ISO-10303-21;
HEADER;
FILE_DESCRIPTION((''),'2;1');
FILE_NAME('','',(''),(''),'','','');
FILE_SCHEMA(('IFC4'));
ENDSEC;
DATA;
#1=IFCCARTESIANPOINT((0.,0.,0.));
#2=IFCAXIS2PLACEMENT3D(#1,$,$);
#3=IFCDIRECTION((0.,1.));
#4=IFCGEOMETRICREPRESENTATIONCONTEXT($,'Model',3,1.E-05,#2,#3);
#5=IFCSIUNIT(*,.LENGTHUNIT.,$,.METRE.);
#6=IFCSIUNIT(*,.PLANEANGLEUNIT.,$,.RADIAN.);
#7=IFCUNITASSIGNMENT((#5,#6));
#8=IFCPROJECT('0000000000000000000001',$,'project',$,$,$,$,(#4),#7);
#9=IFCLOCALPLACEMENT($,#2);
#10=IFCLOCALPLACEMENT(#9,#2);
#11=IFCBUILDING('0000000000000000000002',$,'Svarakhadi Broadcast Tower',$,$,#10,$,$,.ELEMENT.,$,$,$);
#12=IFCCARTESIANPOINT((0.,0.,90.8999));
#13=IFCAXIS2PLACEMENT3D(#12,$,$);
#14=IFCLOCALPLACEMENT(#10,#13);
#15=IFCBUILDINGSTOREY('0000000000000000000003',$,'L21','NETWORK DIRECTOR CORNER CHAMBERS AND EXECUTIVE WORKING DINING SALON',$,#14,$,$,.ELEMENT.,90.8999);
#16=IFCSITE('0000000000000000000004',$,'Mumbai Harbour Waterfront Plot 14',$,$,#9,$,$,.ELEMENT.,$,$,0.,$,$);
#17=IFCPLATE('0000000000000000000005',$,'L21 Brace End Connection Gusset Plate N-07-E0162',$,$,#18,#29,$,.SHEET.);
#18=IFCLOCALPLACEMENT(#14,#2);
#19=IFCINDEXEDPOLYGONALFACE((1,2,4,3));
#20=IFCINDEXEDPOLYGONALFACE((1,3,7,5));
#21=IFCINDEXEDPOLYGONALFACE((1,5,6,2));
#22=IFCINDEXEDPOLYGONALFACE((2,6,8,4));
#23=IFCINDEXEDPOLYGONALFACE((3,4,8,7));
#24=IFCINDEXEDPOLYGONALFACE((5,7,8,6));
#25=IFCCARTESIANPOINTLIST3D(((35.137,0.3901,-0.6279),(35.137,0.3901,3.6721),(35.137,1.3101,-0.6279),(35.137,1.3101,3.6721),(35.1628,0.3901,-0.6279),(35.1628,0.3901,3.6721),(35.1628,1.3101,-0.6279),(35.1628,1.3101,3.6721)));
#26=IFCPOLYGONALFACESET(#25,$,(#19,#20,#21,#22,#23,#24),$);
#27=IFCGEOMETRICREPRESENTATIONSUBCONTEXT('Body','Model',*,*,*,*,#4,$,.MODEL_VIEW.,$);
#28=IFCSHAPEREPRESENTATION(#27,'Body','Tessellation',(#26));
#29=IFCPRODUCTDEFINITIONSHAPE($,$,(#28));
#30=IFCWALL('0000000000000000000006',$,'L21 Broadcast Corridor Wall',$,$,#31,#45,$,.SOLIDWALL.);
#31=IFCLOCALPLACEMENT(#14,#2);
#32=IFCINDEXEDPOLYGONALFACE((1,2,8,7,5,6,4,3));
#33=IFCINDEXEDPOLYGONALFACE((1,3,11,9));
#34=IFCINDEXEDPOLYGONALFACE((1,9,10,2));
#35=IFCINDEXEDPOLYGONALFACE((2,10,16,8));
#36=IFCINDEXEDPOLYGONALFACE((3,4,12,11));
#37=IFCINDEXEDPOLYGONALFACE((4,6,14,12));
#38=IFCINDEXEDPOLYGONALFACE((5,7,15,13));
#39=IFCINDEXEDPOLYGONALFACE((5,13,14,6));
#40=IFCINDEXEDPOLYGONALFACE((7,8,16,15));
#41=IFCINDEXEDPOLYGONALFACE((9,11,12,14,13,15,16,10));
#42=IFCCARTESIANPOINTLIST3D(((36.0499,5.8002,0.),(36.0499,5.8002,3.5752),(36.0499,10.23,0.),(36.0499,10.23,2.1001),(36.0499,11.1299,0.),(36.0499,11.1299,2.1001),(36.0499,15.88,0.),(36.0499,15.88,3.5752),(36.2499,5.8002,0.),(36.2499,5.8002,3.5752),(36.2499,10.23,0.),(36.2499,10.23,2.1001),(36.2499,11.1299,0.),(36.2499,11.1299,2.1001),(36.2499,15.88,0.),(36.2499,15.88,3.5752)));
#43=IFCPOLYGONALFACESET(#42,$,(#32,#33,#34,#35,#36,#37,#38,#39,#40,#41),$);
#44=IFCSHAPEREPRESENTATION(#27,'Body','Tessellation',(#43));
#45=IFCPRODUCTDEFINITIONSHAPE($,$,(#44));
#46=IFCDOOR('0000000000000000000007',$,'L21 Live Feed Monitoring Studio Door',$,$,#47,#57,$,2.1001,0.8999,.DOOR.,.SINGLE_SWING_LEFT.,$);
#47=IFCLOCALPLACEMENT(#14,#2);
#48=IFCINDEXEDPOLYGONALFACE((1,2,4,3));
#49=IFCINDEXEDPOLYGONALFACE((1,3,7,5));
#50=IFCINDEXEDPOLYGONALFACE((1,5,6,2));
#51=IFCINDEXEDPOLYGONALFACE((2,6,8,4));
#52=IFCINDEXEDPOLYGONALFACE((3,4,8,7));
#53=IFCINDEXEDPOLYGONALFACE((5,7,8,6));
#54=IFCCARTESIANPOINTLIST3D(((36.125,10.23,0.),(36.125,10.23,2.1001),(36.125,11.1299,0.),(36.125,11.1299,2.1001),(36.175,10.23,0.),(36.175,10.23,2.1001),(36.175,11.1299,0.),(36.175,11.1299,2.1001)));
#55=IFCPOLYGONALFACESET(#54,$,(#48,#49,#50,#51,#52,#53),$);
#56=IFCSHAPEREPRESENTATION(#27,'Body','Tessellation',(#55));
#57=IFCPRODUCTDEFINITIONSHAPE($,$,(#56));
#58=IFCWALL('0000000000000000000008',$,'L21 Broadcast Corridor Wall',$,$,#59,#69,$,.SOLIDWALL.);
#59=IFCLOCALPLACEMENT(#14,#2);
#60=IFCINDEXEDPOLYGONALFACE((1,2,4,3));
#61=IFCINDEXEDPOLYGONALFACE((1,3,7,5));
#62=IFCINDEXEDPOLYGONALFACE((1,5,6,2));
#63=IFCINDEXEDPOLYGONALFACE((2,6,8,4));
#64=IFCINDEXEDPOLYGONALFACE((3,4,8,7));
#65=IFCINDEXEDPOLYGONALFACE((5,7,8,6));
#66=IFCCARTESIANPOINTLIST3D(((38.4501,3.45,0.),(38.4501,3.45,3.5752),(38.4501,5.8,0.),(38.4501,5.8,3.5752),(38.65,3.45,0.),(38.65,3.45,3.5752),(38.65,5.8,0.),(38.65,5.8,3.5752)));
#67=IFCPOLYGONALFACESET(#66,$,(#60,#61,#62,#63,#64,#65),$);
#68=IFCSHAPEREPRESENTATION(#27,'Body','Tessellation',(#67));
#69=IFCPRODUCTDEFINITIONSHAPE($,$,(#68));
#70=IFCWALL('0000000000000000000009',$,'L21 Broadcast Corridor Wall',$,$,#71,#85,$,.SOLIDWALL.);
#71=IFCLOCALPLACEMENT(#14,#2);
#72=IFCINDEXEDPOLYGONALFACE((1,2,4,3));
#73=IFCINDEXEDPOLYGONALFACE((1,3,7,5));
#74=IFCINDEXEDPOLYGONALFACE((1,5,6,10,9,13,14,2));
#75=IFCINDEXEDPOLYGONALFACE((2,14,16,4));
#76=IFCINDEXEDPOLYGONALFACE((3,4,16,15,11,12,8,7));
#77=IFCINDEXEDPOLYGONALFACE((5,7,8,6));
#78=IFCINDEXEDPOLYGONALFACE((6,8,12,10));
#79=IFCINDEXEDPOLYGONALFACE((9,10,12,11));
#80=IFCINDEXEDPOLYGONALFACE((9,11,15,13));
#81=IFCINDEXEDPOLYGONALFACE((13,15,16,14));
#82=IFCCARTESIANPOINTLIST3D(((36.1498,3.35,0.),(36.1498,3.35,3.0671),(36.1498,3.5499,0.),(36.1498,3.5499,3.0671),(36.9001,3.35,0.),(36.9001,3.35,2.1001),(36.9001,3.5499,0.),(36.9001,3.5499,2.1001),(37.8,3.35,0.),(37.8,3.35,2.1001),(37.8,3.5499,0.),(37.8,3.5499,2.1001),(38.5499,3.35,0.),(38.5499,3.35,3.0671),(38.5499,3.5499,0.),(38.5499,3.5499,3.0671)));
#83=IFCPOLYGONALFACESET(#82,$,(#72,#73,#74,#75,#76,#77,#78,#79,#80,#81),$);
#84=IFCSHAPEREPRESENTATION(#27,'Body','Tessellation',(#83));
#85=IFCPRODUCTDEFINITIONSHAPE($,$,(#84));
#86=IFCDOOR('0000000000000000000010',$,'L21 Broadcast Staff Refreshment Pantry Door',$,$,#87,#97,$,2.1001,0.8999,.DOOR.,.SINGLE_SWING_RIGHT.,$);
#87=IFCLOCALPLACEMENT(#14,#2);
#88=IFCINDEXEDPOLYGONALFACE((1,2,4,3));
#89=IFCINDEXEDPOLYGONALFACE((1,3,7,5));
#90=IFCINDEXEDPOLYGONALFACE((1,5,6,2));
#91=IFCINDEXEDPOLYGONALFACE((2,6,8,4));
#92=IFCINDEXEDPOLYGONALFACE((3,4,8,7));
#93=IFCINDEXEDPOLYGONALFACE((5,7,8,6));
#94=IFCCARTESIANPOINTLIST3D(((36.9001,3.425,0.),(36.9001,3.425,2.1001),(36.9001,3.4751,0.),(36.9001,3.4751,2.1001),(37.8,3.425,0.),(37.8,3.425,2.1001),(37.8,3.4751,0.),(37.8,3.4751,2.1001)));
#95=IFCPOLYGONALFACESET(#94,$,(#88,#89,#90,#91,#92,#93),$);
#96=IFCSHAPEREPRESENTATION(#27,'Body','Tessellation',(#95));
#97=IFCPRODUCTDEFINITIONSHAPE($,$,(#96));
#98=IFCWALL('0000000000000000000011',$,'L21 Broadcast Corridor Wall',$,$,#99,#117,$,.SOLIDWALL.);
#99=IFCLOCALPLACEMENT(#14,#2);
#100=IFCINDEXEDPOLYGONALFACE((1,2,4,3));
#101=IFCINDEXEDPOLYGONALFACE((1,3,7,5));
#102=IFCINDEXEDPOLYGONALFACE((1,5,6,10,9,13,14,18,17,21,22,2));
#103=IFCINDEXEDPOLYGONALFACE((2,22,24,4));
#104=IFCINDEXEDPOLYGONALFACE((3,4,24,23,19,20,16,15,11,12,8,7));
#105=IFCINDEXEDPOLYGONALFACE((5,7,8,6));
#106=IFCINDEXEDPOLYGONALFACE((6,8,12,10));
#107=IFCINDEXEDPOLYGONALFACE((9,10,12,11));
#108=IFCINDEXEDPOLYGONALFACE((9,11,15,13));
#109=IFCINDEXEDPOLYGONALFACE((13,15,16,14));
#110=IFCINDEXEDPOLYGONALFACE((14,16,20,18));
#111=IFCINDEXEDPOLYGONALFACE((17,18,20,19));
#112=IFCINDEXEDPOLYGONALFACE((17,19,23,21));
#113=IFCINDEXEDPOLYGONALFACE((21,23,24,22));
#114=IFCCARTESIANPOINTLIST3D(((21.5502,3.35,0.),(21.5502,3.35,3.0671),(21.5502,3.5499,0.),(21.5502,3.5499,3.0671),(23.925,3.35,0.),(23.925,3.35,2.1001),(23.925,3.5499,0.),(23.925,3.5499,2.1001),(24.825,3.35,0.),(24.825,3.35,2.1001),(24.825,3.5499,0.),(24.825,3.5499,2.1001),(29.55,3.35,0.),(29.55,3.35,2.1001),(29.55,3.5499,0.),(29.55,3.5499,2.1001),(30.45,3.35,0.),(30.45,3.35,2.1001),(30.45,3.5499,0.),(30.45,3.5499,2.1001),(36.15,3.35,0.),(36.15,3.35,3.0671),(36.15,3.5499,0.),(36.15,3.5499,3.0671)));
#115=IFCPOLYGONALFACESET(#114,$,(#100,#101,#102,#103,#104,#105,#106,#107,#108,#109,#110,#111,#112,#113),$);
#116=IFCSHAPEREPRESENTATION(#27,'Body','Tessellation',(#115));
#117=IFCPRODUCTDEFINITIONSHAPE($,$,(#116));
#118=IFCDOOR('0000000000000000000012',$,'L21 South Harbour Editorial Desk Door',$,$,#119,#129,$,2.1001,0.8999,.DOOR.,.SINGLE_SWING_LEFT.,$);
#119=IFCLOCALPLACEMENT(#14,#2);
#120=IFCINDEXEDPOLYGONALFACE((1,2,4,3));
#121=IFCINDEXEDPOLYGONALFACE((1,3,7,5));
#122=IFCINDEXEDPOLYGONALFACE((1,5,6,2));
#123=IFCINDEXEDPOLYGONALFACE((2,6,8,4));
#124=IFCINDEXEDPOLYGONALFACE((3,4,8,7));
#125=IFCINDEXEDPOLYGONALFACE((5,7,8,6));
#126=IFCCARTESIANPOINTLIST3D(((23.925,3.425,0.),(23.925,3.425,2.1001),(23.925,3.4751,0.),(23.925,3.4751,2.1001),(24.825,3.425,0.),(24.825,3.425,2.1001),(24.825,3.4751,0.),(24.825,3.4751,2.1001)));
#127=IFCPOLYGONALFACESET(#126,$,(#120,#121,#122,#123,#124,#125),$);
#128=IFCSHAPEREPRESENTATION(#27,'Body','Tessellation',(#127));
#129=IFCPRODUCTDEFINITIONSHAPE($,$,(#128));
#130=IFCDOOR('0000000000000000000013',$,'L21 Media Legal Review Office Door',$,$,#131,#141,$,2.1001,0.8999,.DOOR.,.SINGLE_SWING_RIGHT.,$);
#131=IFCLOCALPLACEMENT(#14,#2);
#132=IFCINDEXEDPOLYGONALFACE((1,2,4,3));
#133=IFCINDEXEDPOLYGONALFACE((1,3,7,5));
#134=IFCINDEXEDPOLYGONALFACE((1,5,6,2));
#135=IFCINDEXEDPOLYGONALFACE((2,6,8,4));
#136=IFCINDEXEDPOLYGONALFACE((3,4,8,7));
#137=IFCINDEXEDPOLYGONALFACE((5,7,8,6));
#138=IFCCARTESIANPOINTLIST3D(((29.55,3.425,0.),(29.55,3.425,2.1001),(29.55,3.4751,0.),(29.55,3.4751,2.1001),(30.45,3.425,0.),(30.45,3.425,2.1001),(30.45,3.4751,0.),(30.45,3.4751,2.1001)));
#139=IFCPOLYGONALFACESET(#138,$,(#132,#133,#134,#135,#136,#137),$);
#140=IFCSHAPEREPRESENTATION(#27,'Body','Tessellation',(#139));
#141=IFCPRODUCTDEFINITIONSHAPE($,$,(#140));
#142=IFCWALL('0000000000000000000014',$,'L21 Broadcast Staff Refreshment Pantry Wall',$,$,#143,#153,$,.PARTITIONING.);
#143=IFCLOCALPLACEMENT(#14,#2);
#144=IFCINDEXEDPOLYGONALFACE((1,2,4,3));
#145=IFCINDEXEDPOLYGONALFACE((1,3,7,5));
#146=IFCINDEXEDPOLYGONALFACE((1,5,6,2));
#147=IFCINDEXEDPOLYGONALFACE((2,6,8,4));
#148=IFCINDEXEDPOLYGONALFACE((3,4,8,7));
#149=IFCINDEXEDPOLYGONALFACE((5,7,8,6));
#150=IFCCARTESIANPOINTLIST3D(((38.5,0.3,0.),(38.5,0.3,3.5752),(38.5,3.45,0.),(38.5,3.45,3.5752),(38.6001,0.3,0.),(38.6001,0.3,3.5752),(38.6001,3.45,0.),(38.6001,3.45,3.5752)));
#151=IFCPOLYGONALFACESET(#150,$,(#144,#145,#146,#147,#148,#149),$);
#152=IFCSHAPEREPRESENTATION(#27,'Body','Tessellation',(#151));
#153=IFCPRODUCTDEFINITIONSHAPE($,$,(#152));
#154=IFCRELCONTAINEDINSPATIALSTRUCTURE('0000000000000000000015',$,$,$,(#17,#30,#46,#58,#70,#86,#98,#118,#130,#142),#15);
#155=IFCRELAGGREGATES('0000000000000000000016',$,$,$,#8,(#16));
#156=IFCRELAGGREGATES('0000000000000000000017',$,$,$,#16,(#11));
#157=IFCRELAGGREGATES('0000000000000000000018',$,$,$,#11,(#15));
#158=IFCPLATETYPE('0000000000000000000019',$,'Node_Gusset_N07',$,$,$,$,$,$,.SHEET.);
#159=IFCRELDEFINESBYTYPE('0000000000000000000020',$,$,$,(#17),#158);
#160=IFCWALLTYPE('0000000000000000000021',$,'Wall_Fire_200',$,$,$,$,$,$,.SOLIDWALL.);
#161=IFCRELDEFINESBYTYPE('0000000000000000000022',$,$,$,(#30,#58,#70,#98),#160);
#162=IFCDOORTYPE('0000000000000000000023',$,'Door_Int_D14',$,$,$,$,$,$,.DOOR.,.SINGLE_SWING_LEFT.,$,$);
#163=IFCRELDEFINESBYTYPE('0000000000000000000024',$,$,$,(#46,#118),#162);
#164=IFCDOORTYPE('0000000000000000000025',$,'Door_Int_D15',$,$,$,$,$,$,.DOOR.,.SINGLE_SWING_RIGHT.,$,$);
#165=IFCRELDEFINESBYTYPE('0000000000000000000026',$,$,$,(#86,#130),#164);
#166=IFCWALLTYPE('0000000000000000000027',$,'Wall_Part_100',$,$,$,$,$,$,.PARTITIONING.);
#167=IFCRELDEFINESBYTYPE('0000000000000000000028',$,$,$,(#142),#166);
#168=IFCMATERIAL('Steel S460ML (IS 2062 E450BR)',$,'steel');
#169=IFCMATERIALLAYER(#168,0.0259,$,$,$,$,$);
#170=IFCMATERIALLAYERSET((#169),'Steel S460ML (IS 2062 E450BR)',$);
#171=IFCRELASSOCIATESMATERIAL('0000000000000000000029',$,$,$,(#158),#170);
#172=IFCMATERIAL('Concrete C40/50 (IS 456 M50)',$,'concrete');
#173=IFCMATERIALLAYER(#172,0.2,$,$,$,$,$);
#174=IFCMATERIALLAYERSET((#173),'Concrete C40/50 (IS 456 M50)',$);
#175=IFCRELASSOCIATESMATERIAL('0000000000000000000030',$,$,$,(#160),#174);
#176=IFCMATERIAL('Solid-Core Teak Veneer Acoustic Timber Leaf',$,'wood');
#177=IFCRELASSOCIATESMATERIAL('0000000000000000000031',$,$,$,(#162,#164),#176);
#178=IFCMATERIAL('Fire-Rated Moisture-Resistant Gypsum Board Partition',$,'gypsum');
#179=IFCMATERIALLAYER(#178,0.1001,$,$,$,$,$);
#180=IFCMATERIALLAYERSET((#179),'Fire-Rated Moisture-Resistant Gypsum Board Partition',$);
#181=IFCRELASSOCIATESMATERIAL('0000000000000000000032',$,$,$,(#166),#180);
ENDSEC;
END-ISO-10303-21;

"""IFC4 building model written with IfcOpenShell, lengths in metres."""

from ifc_helpers import new_model, si_unit, direction, frame, frame_2d, origin, origin_2d, place, context, subcontext, project, spatial, rectangle, extrude, material, layer, layer_set, type_object, element, fill, save


model = new_model("IFC4")

# Units and contexts
model_context = context("Model", 3, precision=1e-05, world=origin(), true_north=direction((0.0, 1.0)))
body_context = subcontext(model_context, "Body", "Model", "MODEL_VIEW")
ifc_project = project(units=[si_unit("LENGTHUNIT", "METRE"), si_unit("PLANEANGLEUNIT", "RADIAN")], contexts=[model_context])

# Site, building, storey
site_placement = place(None, origin())
site = spatial("IfcSite", under=ifc_project, at=site_placement, Name="Mumbai Harbour Waterfront Plot 14", CompositionType="ELEMENT", RefElevation=0.0)
building_placement = place(site_placement, origin())
building = spatial("IfcBuilding", under=site, at=building_placement, Name="Svarakhadi Broadcast Tower", CompositionType="ELEMENT")
storey_placement = place(building_placement, frame((0.0, 0.0, 90.8999)))
storey = spatial("IfcBuildingStorey", under=building, at=storey_placement, Name="L21", Description="NETWORK DIRECTOR CORNER CHAMBERS AND EXECUTIVE WORKING DINING SALON", CompositionType="ELEMENT", Elevation=90.8999)

# Shared definitions
ifc_material_1 = material(Name="Steel S460ML (IS 2062 E450BR)", Category="steel")

# Plate
ifc_layer_1 = layer(ifc_material_1, 0.0259)
ifc_layer_set_1 = layer_set([ifc_layer_1], Name="Steel S460ML (IS 2062 E450BR)")
plate_type_1 = type_object("IfcPlateType", Name="Node_Gusset_N07", PredefinedType="SHEET", material=ifc_layer_set_1)
plate_1_placement = place(storey_placement, frame((35.1499, 0.8501, -0.6279), z_axis=(0.0, 0.0, 1.0), x_axis=(0.0, 1.0, 0.0)))
element("IfcPlate", 1, at=plate_1_placement, inside=storey, type_object=plate_type_1, Name="L21 Brace End Connection Gusset Plate N-07-E0162", PredefinedType="SHEET", context=body_context, shape_type="SweptSolid", body=[
    extrude(rectangle(XDim=0.9199, YDim=0.0259, at=origin_2d()), origin(), (0.0, 0.0, 1.0), 4.3),
])

# Wall, opening, door
ifc_material_2 = material(Name="Concrete C40/50 (IS 456 M50)", Category="concrete")
ifc_layer_2 = layer(ifc_material_2, 0.2)
ifc_layer_set_2 = layer_set([ifc_layer_2], Name="Concrete C40/50 (IS 456 M50)")
wall_type_1 = type_object("IfcWallType", Name="Wall_Fire_200", PredefinedType="SOLIDWALL", material=ifc_layer_set_2)
wall_1_placement = place(storey_placement, frame((36.1499, 5.8, 0.0), z_axis=(0.0, 0.0, 1.0), x_axis=(0.0, 1.0, 0.0)))
wall_1 = element("IfcWall", 2, at=wall_1_placement, inside=storey, type_object=wall_type_1, Name="L21 Broadcast Corridor Wall", PredefinedType="SOLIDWALL", context=body_context, shape_type="SweptSolid", body=[
    extrude(rectangle(XDim=10.0798, YDim=0.2, at=frame_2d((5.04, 0.0))), origin(), (0.0, 0.0, 1.0), 3.5752),
])
opening_1_placement = place(wall_1_placement, frame((4.4299, 0.0, 0.0)))
opening_1 = element("IfcOpeningElement", 3, at=opening_1_placement, cuts=wall_1, PredefinedType="OPENING", context=body_context, shape_type="SweptSolid", body=[
    extrude(rectangle(XDim=0.8999, YDim=2.1001, at=frame_2d((0.45, 1.05))), frame((0.0, 0.1099, 0.0), z_axis=(0.0, -1.0, 0.0), x_axis=(1.0, 0.0, 0.0)), (0.0, 0.0, 1.0), 0.22),
])
ifc_material_3 = material(Name="Solid-Core Teak Veneer Acoustic Timber Leaf", Category="wood")
door_type_1 = type_object("IfcDoorType", Name="Door_Int_D14", OperationType="SINGLE_SWING_LEFT", PredefinedType="DOOR", material=ifc_material_3)
door_1_placement = place(opening_1_placement, origin())
door_1 = element("IfcDoor", 4, at=door_1_placement, inside=storey, type_object=door_type_1, Name="L21 Live Feed Monitoring Studio Door", OperationType="SINGLE_SWING_LEFT", OverallHeight=2.1001, OverallWidth=0.8999, PredefinedType="DOOR", context=body_context, shape_type="SweptSolid", body=[
    extrude(rectangle(XDim=0.8999, YDim=2.1001, at=frame_2d((0.45, 1.05))), frame((0.0, 0.0249, 0.0), z_axis=(0.0, -1.0, 0.0), x_axis=(1.0, 0.0, 0.0)), (0.0, 0.0, 1.0), 0.05),
])
fill(opening_1, door_1)

# Wall
wall_2_placement = place(storey_placement, frame((38.55, 5.8, 0.0), z_axis=(0.0, 0.0, 1.0), x_axis=(0.0, -1.0, 0.0)))
element("IfcWall", 5, at=wall_2_placement, inside=storey, type_object=wall_type_1, Name="L21 Broadcast Corridor Wall", PredefinedType="SOLIDWALL", context=body_context, shape_type="SweptSolid", body=[
    extrude(rectangle(XDim=2.3501, YDim=0.2, at=frame_2d((1.175, 0.0))), origin(), (0.0, 0.0, 1.0), 3.5752),
])

# Wall, opening, door
wall_3_placement = place(storey_placement, frame((38.55, 3.45, 0.0), z_axis=(0.0, 0.0, 1.0), x_axis=(-1.0, 0.0, 0.0)))
wall_3 = element("IfcWall", 6, at=wall_3_placement, inside=storey, type_object=wall_type_1, Name="L21 Broadcast Corridor Wall", PredefinedType="SOLIDWALL", context=body_context, shape_type="SweptSolid", body=[
    extrude(rectangle(XDim=2.4001, YDim=0.2, at=frame_2d((1.2002, 0.0))), origin(), (0.0, 0.0, 1.0), 3.0671),
])
opening_2_placement = place(wall_3_placement, frame((0.75, 0.0, 0.0)))
opening_2 = element("IfcOpeningElement", 7, at=opening_2_placement, cuts=wall_3, PredefinedType="OPENING", context=body_context, shape_type="SweptSolid", body=[
    extrude(rectangle(XDim=0.8999, YDim=2.1001, at=frame_2d((0.45, 1.05))), frame((0.0, 0.1099, 0.0), z_axis=(0.0, -1.0, 0.0), x_axis=(1.0, 0.0, 0.0)), (0.0, 0.0, 1.0), 0.22),
])
door_type_2 = type_object("IfcDoorType", Name="Door_Int_D15", OperationType="SINGLE_SWING_RIGHT", PredefinedType="DOOR", material=ifc_material_3)
door_2_placement = place(opening_2_placement, origin())
door_2 = element("IfcDoor", 8, at=door_2_placement, inside=storey, type_object=door_type_2, Name="L21 Broadcast Staff Refreshment Pantry Door", OperationType="SINGLE_SWING_RIGHT", OverallHeight=2.1001, OverallWidth=0.8999, PredefinedType="DOOR", context=body_context, shape_type="SweptSolid", body=[
    extrude(rectangle(XDim=0.8999, YDim=2.1001, at=frame_2d((0.45, 1.05))), frame((0.0, 0.0249, 0.0), z_axis=(0.0, -1.0, 0.0), x_axis=(1.0, 0.0, 0.0)), (0.0, 0.0, 1.0), 0.05),
])
fill(opening_2, door_2)

# Wall, openings, doors
wall_4_placement = place(storey_placement, frame((36.1499, 3.45, 0.0), z_axis=(0.0, 0.0, 1.0), x_axis=(-1.0, 0.0, 0.0)))
wall_4 = element("IfcWall", 9, at=wall_4_placement, inside=storey, type_object=wall_type_1, Name="L21 Broadcast Corridor Wall", PredefinedType="SOLIDWALL", context=body_context, shape_type="SweptSolid", body=[
    extrude(rectangle(XDim=14.5999, YDim=0.2, at=frame_2d((7.2998, 0.0))), origin(), (0.0, 0.0, 1.0), 3.0671),
])
opening_3_placement = place(wall_4_placement, frame((11.325, 0.0, 0.0)))
opening_3 = element("IfcOpeningElement", 10, at=opening_3_placement, cuts=wall_4, PredefinedType="OPENING", context=body_context, shape_type="SweptSolid", body=[
    extrude(rectangle(XDim=0.8999, YDim=2.1001, at=frame_2d((0.45, 1.05))), frame((0.0, 0.1099, 0.0), z_axis=(0.0, -1.0, 0.0), x_axis=(1.0, 0.0, 0.0)), (0.0, 0.0, 1.0), 0.22),
])
opening_4_placement = place(wall_4_placement, frame((5.7, 0.0, 0.0)))
opening_4 = element("IfcOpeningElement", 11, at=opening_4_placement, cuts=wall_4, PredefinedType="OPENING", context=body_context, shape_type="SweptSolid", body=[
    extrude(rectangle(XDim=0.8999, YDim=2.1001, at=frame_2d((0.45, 1.05))), frame((0.0, 0.1099, 0.0), z_axis=(0.0, -1.0, 0.0), x_axis=(1.0, 0.0, 0.0)), (0.0, 0.0, 1.0), 0.22),
])
door_3_placement = place(opening_3_placement, origin())
door_3 = element("IfcDoor", 12, at=door_3_placement, inside=storey, type_object=door_type_1, Name="L21 South Harbour Editorial Desk Door", OperationType="SINGLE_SWING_LEFT", OverallHeight=2.1001, OverallWidth=0.8999, PredefinedType="DOOR", context=body_context, shape_type="SweptSolid", body=[
    extrude(rectangle(XDim=0.8999, YDim=2.1001, at=frame_2d((0.45, 1.05))), frame((0.0, 0.0249, 0.0), z_axis=(0.0, -1.0, 0.0), x_axis=(1.0, 0.0, 0.0)), (0.0, 0.0, 1.0), 0.05),
])
fill(opening_3, door_3)
door_4_placement = place(opening_4_placement, origin())
door_4 = element("IfcDoor", 13, at=door_4_placement, inside=storey, type_object=door_type_2, Name="L21 Media Legal Review Office Door", OperationType="SINGLE_SWING_RIGHT", OverallHeight=2.1001, OverallWidth=0.8999, PredefinedType="DOOR", context=body_context, shape_type="SweptSolid", body=[
    extrude(rectangle(XDim=0.8999, YDim=2.1001, at=frame_2d((0.45, 1.05))), frame((0.0, 0.0249, 0.0), z_axis=(0.0, -1.0, 0.0), x_axis=(1.0, 0.0, 0.0)), (0.0, 0.0, 1.0), 0.05),
])
fill(opening_4, door_4)

# Wall
ifc_material_4 = material(Name="Fire-Rated Moisture-Resistant Gypsum Board Partition", Category="gypsum")
ifc_layer_3 = layer(ifc_material_4, 0.1001)
ifc_layer_set_3 = layer_set([ifc_layer_3], Name="Fire-Rated Moisture-Resistant Gypsum Board Partition")
wall_type_2 = type_object("IfcWallType", Name="Wall_Part_100", PredefinedType="PARTITIONING", material=ifc_layer_set_3)
wall_5_placement = place(storey_placement, frame((38.55, 0.3, 0.0), z_axis=(0.0, 0.0, 1.0), x_axis=(0.0, 1.0, 0.0)))
element("IfcWall", 14, at=wall_5_placement, inside=storey, type_object=wall_type_2, Name="L21 Broadcast Staff Refreshment Pantry Wall", PredefinedType="PARTITIONING", context=body_context, shape_type="SweptSolid", body=[
    extrude(rectangle(XDim=3.1499, YDim=0.1001, at=frame_2d((1.575, 0.0))), origin(), (0.0, 0.0, 1.0), 3.5752),
])

save(model, "model.ifc")
